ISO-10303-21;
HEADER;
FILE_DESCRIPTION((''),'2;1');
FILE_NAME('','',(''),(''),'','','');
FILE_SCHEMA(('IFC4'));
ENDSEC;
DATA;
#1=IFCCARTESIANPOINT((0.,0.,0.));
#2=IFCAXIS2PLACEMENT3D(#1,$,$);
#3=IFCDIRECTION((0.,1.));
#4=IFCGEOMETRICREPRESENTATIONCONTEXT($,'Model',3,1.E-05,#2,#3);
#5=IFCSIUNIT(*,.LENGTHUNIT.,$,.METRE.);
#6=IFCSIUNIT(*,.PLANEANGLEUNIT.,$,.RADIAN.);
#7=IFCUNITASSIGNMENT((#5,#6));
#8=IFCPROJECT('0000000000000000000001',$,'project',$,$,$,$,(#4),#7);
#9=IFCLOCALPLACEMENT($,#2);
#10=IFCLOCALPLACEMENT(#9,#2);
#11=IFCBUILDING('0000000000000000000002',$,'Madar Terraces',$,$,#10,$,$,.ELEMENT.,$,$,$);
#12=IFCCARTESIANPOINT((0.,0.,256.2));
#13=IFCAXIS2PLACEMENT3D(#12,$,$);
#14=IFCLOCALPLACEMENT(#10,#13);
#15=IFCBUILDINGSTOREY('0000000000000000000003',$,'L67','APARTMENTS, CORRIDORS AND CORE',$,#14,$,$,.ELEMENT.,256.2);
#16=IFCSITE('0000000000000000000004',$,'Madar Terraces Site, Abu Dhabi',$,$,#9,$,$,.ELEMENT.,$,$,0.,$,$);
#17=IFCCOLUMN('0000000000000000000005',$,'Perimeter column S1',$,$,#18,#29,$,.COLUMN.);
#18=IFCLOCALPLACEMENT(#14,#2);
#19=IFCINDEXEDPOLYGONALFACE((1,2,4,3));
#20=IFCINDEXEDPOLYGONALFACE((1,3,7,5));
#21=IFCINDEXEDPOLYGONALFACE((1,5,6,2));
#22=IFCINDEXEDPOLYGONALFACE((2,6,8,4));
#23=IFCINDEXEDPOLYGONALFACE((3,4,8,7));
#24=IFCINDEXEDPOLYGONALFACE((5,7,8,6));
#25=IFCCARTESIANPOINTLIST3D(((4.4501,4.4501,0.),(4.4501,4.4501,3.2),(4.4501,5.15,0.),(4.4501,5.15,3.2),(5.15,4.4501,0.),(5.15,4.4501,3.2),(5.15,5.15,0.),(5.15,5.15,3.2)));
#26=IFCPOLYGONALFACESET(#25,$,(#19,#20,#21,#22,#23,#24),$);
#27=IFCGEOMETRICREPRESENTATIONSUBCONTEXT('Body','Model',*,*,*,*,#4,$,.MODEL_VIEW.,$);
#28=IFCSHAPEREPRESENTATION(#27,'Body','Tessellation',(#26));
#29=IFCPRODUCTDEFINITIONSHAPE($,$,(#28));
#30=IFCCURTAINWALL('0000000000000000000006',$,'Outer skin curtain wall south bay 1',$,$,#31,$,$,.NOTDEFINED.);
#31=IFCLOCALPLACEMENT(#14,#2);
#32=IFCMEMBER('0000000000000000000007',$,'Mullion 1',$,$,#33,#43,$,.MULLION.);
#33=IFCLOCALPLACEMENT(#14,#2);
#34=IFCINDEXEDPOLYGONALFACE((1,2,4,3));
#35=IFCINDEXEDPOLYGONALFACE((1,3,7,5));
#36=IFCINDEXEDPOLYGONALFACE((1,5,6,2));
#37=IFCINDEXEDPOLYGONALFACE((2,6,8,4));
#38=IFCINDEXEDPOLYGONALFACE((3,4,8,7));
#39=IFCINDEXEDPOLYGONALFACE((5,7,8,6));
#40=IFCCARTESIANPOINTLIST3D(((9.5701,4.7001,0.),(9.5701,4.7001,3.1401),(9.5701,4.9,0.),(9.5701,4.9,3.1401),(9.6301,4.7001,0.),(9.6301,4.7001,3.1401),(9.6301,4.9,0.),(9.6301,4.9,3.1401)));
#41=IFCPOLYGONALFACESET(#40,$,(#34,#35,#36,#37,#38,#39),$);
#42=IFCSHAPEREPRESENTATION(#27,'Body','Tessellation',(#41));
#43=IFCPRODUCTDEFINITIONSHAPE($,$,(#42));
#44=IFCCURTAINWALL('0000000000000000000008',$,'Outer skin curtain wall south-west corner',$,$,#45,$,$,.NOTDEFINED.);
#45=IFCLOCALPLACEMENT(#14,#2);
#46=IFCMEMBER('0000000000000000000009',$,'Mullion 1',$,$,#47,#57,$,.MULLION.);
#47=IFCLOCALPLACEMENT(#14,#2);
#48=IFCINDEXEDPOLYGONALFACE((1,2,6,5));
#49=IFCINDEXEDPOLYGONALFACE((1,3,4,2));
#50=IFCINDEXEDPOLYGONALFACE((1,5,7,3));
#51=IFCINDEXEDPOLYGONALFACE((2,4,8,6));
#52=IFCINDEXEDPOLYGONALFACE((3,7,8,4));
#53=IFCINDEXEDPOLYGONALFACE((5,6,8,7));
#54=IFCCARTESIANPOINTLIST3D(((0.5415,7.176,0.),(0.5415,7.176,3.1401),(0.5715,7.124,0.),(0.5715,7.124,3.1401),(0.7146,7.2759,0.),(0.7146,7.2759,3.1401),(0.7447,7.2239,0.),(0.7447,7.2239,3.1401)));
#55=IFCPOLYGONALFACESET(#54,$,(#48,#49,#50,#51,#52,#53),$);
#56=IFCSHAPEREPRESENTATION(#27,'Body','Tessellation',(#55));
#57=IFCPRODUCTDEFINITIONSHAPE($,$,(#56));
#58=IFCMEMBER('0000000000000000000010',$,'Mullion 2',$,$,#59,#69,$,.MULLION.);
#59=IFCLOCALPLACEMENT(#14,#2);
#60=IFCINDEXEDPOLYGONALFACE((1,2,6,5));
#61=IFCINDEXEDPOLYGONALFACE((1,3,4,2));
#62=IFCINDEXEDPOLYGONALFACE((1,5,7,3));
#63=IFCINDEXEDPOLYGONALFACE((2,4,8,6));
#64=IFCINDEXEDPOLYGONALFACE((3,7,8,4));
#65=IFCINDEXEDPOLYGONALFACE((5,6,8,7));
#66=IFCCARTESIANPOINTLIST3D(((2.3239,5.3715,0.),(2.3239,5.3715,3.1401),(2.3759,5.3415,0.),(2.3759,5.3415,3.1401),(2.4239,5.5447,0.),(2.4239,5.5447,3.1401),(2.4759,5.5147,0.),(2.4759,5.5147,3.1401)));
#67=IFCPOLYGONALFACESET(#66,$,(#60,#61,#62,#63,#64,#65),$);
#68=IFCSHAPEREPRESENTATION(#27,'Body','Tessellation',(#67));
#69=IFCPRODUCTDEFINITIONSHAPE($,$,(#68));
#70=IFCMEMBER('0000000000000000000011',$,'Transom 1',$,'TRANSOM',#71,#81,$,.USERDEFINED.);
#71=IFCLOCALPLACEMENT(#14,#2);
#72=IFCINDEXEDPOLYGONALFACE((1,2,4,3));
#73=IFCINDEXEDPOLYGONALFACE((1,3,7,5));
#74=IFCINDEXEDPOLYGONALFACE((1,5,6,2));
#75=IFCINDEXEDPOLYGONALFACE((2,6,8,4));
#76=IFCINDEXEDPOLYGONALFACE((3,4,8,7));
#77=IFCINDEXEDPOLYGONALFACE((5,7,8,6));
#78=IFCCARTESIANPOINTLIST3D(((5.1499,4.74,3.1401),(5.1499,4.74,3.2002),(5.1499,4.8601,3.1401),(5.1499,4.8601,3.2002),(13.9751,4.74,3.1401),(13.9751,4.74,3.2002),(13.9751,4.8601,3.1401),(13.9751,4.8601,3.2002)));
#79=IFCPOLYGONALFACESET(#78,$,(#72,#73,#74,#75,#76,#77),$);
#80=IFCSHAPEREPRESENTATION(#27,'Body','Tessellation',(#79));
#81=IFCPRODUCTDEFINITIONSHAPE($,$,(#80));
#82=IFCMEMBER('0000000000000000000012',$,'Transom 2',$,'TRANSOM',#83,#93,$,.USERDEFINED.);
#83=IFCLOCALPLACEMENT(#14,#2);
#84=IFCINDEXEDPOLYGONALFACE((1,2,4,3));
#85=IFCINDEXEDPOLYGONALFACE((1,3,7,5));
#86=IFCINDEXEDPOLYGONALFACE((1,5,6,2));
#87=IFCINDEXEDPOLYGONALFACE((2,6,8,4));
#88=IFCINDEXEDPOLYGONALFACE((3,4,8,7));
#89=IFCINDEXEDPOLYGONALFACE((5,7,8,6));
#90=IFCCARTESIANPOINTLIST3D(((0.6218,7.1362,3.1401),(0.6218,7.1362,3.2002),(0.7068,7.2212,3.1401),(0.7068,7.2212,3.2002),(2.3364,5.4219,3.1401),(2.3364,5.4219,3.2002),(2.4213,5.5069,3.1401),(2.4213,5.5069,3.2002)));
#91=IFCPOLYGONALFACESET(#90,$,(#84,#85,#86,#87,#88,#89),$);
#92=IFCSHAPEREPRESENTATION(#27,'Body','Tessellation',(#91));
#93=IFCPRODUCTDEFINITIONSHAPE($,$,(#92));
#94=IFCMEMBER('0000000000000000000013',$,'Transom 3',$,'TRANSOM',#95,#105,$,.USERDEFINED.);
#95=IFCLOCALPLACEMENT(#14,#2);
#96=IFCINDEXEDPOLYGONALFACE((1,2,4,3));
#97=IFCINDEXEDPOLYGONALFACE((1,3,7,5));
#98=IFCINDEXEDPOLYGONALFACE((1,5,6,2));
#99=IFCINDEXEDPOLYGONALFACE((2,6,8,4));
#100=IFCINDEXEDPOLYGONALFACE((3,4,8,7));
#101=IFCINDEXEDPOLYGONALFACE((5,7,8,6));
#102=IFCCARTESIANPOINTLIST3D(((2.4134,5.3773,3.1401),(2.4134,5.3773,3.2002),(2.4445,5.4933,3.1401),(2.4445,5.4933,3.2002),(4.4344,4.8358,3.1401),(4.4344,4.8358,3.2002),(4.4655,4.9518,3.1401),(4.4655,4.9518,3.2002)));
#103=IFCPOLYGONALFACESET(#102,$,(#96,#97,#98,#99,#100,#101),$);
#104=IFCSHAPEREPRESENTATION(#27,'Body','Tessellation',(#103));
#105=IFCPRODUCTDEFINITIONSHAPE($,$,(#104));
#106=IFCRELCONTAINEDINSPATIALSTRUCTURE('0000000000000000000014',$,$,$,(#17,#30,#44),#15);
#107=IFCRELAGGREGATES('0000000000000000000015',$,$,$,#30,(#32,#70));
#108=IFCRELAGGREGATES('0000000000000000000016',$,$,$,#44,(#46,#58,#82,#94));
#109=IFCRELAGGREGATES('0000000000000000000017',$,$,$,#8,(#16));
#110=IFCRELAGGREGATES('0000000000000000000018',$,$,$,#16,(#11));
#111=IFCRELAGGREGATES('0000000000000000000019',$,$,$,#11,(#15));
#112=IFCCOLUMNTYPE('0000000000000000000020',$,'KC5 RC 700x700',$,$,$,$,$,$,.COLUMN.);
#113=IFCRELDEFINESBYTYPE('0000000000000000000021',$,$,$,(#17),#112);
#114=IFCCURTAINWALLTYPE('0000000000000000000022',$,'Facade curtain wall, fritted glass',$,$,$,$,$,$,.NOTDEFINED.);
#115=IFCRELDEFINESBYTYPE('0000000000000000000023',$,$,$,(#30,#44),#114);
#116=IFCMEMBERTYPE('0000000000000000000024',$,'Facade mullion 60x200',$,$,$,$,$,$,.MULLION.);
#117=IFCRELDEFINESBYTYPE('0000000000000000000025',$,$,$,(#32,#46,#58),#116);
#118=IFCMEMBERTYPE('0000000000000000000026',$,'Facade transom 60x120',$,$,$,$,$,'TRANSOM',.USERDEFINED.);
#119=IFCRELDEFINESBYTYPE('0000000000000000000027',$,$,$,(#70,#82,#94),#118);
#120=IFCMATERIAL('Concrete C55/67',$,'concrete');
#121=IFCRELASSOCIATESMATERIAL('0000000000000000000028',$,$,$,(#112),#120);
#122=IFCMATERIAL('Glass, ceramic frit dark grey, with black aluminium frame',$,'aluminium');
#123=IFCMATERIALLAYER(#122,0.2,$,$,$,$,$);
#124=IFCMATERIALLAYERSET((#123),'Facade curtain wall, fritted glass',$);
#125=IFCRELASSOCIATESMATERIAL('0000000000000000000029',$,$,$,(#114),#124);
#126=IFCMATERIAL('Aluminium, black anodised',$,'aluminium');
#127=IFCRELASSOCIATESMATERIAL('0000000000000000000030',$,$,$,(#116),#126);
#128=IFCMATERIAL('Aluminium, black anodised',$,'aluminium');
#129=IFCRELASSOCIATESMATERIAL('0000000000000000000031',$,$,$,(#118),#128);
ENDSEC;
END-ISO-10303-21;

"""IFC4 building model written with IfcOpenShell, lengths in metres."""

from ifc_helpers import new_model, si_unit, direction, frame, origin, origin_2d, place, context, subcontext, project, spatial, rectangle, extrude, material, layer, layer_set, material_profile, profile_set, type_object, element, aggregate, save


model = new_model("IFC4")

# Units and contexts
model_context = context("Model", 3, precision=1e-05, world=origin(), true_north=direction((0.0, 1.0)))
body_context = subcontext(model_context, "Body", "Model", "MODEL_VIEW")
ifc_project = project(units=[si_unit("LENGTHUNIT", "METRE"), si_unit("PLANEANGLEUNIT", "RADIAN")], contexts=[model_context])

# Site, building, storey
site_placement = place(None, origin())
site = spatial("IfcSite", under=ifc_project, at=site_placement, Name="Madar Terraces Site, Abu Dhabi", CompositionType="ELEMENT", RefElevation=0.0)
building_placement = place(site_placement, origin())
building = spatial("IfcBuilding", under=site, at=building_placement, Name="Madar Terraces", CompositionType="ELEMENT")
storey_placement = place(building_placement, frame((0.0, 0.0, 256.2)))
storey = spatial("IfcBuildingStorey", under=building, at=storey_placement, Name="L67", Description="APARTMENTS, CORRIDORS AND CORE", CompositionType="ELEMENT", Elevation=256.2)

# Column
ifc_material_1 = material(Name="Concrete C55/67", Category="concrete")
ifc_material_profile_1 = material_profile(ifc_material_1, rectangle(XDim=0.7, YDim=0.7, at=origin_2d()), Name="KC5 RC 700x700")
ifc_profile_set_1 = profile_set([ifc_material_profile_1], Name="Concrete C55/67")
column_type = type_object("IfcColumnType", Name="KC5 RC 700x700", PredefinedType="COLUMN", material=ifc_profile_set_1)
column_placement = place(storey_placement, frame((4.8, 4.8, 0.0), z_axis=(0.0, 0.0, 1.0), x_axis=(1.0, 0.0, 0.0)))
element("IfcColumn", 1, at=column_placement, inside=storey, type_object=column_type, Name="Perimeter column S1", PredefinedType="COLUMN", context=body_context, shape_type="SweptSolid", body=[
    extrude(rectangle(XDim=0.7, YDim=0.7, at=origin_2d()), origin(), (0.0, 0.0, 1.0), 3.2),
])

# Curtain wall, member
ifc_material_2 = material(Name="Glass, ceramic frit dark grey, with black aluminium frame", Category="aluminium")
ifc_layer_1 = layer(ifc_material_2, 0.2)
ifc_layer_set_1 = layer_set([ifc_layer_1], Name="Facade curtain wall, fritted glass")
curtain_wall_type = type_object("IfcCurtainWallType", Name="Facade curtain wall, fritted glass", PredefinedType="NOTDEFINED", material=ifc_layer_set_1)
curtain_wall_1_placement = place(storey_placement, origin())
curtain_wall_1 = element("IfcCurtainWall", 2, at=curtain_wall_1_placement, inside=storey, type_object=curtain_wall_type, Name="Outer skin curtain wall south bay 1", PredefinedType="NOTDEFINED")
ifc_material_3 = material(Name="Aluminium, black anodised", Category="aluminium")
ifc_material_profile_2 = material_profile(ifc_material_3, rectangle(XDim=0.2, YDim=0.0601, at=origin_2d()), Name="Facade mullion 60x200")
ifc_profile_set_2 = profile_set([ifc_material_profile_2], Name="Aluminium, black anodised")
member_type_1 = type_object("IfcMemberType", Name="Facade mullion 60x200", PredefinedType="MULLION", material=ifc_profile_set_2)
member_1_placement = place(storey_placement, frame((9.6001, 4.8, 0.0), z_axis=(0.0, 0.0, 1.0), x_axis=(0.0, 1.0, 0.0)))
member_1 = element("IfcMember", 3, at=member_1_placement, type_object=member_type_1, Name="Mullion 1", PredefinedType="MULLION", context=body_context, shape_type="SweptSolid", body=[
    extrude(rectangle(XDim=0.2, YDim=0.0601, at=origin_2d()), origin(), (0.0, 0.0, 1.0), 3.1401),
])

# Curtain wall, members
curtain_wall_2_placement = place(storey_placement, origin())
curtain_wall_2 = element("IfcCurtainWall", 4, at=curtain_wall_2_placement, inside=storey, type_object=curtain_wall_type, Name="Outer skin curtain wall south-west corner", PredefinedType="NOTDEFINED")
member_2_placement = place(storey_placement, frame((0.6431, 7.2, 0.0), z_axis=(0.0, 0.0, 1.0), x_axis=(0.866025, 0.5, 0.0)))
member_2 = element("IfcMember", 5, at=member_2_placement, type_object=member_type_1, Name="Mullion 1", PredefinedType="MULLION", context=body_context, shape_type="SweptSolid", body=[
    extrude(rectangle(XDim=0.2, YDim=0.0601, at=origin_2d()), origin(), (0.0, 0.0, 1.0), 3.1401),
])
member_3_placement = place(storey_placement, frame((2.3999, 5.4431, 0.0), z_axis=(0.0, 0.0, 1.0), x_axis=(0.5, 0.866025, 0.0)))
member_3 = element("IfcMember", 6, at=member_3_placement, type_object=member_type_1, Name="Mullion 2", PredefinedType="MULLION", context=body_context, shape_type="SweptSolid", body=[
    extrude(rectangle(XDim=0.2, YDim=0.0601, at=origin_2d()), origin(), (0.0, 0.0, 1.0), 3.1401),
])

# Members
ifc_material_4 = material(Name="Aluminium, black anodised", Category="aluminium")
ifc_material_profile_3 = material_profile(ifc_material_4, rectangle(XDim=0.1201, YDim=0.0601, at=origin_2d()), Name="Facade transom 60x120")
ifc_profile_set_3 = profile_set([ifc_material_profile_3], Name="Aluminium, black anodised")
member_type_2 = type_object("IfcMemberType", Name="Facade transom 60x120", ElementType="TRANSOM", PredefinedType="USERDEFINED", material=ifc_profile_set_3)
member_4_placement = place(storey_placement, frame((5.1499, 4.8, 3.1702), z_axis=(1.0, 0.0, 0.0), x_axis=(0.0, 1.0, 0.0)))
member_4 = element("IfcMember", 7, at=member_4_placement, type_object=member_type_2, Name="Transom 1", ObjectType="TRANSOM", PredefinedType="USERDEFINED", context=body_context, shape_type="SweptSolid", body=[
    extrude(rectangle(XDim=0.1201, YDim=0.0601, at=origin_2d()), origin(), (0.0, 0.0, 1.0), 8.8252),
])
member_5_placement = place(storey_placement, frame((0.6643, 7.1787, 3.1702), z_axis=(0.707157, -0.707056, 0.0), x_axis=(0.707056, 0.707157, 0.0)))
member_5 = element("IfcMember", 8, at=member_5_placement, type_object=member_type_2, Name="Transom 2", ObjectType="TRANSOM", PredefinedType="USERDEFINED", context=body_context, shape_type="SweptSolid", body=[
    extrude(rectangle(XDim=0.1201, YDim=0.0601, at=origin_2d()), origin(), (0.0, 0.0, 1.0), 2.4246),
])
member_6_placement = place(storey_placement, frame((2.429, 5.4353, 3.1702), z_axis=(0.965928, -0.25881, 0.0), x_axis=(0.25881, 0.965928, 0.0)))
member_6 = element("IfcMember", 9, at=member_6_placement, type_object=member_type_2, Name="Transom 3", ObjectType="TRANSOM", PredefinedType="USERDEFINED", context=body_context, shape_type="SweptSolid", body=[
    extrude(rectangle(XDim=0.1201, YDim=0.0601, at=origin_2d()), origin(), (0.0, 0.0, 1.0), 2.0923),
])

aggregate(curtain_wall_1, [member_1, member_4])
aggregate(curtain_wall_2, [member_2, member_3, member_5, member_6])

save(model, "model.ifc")
